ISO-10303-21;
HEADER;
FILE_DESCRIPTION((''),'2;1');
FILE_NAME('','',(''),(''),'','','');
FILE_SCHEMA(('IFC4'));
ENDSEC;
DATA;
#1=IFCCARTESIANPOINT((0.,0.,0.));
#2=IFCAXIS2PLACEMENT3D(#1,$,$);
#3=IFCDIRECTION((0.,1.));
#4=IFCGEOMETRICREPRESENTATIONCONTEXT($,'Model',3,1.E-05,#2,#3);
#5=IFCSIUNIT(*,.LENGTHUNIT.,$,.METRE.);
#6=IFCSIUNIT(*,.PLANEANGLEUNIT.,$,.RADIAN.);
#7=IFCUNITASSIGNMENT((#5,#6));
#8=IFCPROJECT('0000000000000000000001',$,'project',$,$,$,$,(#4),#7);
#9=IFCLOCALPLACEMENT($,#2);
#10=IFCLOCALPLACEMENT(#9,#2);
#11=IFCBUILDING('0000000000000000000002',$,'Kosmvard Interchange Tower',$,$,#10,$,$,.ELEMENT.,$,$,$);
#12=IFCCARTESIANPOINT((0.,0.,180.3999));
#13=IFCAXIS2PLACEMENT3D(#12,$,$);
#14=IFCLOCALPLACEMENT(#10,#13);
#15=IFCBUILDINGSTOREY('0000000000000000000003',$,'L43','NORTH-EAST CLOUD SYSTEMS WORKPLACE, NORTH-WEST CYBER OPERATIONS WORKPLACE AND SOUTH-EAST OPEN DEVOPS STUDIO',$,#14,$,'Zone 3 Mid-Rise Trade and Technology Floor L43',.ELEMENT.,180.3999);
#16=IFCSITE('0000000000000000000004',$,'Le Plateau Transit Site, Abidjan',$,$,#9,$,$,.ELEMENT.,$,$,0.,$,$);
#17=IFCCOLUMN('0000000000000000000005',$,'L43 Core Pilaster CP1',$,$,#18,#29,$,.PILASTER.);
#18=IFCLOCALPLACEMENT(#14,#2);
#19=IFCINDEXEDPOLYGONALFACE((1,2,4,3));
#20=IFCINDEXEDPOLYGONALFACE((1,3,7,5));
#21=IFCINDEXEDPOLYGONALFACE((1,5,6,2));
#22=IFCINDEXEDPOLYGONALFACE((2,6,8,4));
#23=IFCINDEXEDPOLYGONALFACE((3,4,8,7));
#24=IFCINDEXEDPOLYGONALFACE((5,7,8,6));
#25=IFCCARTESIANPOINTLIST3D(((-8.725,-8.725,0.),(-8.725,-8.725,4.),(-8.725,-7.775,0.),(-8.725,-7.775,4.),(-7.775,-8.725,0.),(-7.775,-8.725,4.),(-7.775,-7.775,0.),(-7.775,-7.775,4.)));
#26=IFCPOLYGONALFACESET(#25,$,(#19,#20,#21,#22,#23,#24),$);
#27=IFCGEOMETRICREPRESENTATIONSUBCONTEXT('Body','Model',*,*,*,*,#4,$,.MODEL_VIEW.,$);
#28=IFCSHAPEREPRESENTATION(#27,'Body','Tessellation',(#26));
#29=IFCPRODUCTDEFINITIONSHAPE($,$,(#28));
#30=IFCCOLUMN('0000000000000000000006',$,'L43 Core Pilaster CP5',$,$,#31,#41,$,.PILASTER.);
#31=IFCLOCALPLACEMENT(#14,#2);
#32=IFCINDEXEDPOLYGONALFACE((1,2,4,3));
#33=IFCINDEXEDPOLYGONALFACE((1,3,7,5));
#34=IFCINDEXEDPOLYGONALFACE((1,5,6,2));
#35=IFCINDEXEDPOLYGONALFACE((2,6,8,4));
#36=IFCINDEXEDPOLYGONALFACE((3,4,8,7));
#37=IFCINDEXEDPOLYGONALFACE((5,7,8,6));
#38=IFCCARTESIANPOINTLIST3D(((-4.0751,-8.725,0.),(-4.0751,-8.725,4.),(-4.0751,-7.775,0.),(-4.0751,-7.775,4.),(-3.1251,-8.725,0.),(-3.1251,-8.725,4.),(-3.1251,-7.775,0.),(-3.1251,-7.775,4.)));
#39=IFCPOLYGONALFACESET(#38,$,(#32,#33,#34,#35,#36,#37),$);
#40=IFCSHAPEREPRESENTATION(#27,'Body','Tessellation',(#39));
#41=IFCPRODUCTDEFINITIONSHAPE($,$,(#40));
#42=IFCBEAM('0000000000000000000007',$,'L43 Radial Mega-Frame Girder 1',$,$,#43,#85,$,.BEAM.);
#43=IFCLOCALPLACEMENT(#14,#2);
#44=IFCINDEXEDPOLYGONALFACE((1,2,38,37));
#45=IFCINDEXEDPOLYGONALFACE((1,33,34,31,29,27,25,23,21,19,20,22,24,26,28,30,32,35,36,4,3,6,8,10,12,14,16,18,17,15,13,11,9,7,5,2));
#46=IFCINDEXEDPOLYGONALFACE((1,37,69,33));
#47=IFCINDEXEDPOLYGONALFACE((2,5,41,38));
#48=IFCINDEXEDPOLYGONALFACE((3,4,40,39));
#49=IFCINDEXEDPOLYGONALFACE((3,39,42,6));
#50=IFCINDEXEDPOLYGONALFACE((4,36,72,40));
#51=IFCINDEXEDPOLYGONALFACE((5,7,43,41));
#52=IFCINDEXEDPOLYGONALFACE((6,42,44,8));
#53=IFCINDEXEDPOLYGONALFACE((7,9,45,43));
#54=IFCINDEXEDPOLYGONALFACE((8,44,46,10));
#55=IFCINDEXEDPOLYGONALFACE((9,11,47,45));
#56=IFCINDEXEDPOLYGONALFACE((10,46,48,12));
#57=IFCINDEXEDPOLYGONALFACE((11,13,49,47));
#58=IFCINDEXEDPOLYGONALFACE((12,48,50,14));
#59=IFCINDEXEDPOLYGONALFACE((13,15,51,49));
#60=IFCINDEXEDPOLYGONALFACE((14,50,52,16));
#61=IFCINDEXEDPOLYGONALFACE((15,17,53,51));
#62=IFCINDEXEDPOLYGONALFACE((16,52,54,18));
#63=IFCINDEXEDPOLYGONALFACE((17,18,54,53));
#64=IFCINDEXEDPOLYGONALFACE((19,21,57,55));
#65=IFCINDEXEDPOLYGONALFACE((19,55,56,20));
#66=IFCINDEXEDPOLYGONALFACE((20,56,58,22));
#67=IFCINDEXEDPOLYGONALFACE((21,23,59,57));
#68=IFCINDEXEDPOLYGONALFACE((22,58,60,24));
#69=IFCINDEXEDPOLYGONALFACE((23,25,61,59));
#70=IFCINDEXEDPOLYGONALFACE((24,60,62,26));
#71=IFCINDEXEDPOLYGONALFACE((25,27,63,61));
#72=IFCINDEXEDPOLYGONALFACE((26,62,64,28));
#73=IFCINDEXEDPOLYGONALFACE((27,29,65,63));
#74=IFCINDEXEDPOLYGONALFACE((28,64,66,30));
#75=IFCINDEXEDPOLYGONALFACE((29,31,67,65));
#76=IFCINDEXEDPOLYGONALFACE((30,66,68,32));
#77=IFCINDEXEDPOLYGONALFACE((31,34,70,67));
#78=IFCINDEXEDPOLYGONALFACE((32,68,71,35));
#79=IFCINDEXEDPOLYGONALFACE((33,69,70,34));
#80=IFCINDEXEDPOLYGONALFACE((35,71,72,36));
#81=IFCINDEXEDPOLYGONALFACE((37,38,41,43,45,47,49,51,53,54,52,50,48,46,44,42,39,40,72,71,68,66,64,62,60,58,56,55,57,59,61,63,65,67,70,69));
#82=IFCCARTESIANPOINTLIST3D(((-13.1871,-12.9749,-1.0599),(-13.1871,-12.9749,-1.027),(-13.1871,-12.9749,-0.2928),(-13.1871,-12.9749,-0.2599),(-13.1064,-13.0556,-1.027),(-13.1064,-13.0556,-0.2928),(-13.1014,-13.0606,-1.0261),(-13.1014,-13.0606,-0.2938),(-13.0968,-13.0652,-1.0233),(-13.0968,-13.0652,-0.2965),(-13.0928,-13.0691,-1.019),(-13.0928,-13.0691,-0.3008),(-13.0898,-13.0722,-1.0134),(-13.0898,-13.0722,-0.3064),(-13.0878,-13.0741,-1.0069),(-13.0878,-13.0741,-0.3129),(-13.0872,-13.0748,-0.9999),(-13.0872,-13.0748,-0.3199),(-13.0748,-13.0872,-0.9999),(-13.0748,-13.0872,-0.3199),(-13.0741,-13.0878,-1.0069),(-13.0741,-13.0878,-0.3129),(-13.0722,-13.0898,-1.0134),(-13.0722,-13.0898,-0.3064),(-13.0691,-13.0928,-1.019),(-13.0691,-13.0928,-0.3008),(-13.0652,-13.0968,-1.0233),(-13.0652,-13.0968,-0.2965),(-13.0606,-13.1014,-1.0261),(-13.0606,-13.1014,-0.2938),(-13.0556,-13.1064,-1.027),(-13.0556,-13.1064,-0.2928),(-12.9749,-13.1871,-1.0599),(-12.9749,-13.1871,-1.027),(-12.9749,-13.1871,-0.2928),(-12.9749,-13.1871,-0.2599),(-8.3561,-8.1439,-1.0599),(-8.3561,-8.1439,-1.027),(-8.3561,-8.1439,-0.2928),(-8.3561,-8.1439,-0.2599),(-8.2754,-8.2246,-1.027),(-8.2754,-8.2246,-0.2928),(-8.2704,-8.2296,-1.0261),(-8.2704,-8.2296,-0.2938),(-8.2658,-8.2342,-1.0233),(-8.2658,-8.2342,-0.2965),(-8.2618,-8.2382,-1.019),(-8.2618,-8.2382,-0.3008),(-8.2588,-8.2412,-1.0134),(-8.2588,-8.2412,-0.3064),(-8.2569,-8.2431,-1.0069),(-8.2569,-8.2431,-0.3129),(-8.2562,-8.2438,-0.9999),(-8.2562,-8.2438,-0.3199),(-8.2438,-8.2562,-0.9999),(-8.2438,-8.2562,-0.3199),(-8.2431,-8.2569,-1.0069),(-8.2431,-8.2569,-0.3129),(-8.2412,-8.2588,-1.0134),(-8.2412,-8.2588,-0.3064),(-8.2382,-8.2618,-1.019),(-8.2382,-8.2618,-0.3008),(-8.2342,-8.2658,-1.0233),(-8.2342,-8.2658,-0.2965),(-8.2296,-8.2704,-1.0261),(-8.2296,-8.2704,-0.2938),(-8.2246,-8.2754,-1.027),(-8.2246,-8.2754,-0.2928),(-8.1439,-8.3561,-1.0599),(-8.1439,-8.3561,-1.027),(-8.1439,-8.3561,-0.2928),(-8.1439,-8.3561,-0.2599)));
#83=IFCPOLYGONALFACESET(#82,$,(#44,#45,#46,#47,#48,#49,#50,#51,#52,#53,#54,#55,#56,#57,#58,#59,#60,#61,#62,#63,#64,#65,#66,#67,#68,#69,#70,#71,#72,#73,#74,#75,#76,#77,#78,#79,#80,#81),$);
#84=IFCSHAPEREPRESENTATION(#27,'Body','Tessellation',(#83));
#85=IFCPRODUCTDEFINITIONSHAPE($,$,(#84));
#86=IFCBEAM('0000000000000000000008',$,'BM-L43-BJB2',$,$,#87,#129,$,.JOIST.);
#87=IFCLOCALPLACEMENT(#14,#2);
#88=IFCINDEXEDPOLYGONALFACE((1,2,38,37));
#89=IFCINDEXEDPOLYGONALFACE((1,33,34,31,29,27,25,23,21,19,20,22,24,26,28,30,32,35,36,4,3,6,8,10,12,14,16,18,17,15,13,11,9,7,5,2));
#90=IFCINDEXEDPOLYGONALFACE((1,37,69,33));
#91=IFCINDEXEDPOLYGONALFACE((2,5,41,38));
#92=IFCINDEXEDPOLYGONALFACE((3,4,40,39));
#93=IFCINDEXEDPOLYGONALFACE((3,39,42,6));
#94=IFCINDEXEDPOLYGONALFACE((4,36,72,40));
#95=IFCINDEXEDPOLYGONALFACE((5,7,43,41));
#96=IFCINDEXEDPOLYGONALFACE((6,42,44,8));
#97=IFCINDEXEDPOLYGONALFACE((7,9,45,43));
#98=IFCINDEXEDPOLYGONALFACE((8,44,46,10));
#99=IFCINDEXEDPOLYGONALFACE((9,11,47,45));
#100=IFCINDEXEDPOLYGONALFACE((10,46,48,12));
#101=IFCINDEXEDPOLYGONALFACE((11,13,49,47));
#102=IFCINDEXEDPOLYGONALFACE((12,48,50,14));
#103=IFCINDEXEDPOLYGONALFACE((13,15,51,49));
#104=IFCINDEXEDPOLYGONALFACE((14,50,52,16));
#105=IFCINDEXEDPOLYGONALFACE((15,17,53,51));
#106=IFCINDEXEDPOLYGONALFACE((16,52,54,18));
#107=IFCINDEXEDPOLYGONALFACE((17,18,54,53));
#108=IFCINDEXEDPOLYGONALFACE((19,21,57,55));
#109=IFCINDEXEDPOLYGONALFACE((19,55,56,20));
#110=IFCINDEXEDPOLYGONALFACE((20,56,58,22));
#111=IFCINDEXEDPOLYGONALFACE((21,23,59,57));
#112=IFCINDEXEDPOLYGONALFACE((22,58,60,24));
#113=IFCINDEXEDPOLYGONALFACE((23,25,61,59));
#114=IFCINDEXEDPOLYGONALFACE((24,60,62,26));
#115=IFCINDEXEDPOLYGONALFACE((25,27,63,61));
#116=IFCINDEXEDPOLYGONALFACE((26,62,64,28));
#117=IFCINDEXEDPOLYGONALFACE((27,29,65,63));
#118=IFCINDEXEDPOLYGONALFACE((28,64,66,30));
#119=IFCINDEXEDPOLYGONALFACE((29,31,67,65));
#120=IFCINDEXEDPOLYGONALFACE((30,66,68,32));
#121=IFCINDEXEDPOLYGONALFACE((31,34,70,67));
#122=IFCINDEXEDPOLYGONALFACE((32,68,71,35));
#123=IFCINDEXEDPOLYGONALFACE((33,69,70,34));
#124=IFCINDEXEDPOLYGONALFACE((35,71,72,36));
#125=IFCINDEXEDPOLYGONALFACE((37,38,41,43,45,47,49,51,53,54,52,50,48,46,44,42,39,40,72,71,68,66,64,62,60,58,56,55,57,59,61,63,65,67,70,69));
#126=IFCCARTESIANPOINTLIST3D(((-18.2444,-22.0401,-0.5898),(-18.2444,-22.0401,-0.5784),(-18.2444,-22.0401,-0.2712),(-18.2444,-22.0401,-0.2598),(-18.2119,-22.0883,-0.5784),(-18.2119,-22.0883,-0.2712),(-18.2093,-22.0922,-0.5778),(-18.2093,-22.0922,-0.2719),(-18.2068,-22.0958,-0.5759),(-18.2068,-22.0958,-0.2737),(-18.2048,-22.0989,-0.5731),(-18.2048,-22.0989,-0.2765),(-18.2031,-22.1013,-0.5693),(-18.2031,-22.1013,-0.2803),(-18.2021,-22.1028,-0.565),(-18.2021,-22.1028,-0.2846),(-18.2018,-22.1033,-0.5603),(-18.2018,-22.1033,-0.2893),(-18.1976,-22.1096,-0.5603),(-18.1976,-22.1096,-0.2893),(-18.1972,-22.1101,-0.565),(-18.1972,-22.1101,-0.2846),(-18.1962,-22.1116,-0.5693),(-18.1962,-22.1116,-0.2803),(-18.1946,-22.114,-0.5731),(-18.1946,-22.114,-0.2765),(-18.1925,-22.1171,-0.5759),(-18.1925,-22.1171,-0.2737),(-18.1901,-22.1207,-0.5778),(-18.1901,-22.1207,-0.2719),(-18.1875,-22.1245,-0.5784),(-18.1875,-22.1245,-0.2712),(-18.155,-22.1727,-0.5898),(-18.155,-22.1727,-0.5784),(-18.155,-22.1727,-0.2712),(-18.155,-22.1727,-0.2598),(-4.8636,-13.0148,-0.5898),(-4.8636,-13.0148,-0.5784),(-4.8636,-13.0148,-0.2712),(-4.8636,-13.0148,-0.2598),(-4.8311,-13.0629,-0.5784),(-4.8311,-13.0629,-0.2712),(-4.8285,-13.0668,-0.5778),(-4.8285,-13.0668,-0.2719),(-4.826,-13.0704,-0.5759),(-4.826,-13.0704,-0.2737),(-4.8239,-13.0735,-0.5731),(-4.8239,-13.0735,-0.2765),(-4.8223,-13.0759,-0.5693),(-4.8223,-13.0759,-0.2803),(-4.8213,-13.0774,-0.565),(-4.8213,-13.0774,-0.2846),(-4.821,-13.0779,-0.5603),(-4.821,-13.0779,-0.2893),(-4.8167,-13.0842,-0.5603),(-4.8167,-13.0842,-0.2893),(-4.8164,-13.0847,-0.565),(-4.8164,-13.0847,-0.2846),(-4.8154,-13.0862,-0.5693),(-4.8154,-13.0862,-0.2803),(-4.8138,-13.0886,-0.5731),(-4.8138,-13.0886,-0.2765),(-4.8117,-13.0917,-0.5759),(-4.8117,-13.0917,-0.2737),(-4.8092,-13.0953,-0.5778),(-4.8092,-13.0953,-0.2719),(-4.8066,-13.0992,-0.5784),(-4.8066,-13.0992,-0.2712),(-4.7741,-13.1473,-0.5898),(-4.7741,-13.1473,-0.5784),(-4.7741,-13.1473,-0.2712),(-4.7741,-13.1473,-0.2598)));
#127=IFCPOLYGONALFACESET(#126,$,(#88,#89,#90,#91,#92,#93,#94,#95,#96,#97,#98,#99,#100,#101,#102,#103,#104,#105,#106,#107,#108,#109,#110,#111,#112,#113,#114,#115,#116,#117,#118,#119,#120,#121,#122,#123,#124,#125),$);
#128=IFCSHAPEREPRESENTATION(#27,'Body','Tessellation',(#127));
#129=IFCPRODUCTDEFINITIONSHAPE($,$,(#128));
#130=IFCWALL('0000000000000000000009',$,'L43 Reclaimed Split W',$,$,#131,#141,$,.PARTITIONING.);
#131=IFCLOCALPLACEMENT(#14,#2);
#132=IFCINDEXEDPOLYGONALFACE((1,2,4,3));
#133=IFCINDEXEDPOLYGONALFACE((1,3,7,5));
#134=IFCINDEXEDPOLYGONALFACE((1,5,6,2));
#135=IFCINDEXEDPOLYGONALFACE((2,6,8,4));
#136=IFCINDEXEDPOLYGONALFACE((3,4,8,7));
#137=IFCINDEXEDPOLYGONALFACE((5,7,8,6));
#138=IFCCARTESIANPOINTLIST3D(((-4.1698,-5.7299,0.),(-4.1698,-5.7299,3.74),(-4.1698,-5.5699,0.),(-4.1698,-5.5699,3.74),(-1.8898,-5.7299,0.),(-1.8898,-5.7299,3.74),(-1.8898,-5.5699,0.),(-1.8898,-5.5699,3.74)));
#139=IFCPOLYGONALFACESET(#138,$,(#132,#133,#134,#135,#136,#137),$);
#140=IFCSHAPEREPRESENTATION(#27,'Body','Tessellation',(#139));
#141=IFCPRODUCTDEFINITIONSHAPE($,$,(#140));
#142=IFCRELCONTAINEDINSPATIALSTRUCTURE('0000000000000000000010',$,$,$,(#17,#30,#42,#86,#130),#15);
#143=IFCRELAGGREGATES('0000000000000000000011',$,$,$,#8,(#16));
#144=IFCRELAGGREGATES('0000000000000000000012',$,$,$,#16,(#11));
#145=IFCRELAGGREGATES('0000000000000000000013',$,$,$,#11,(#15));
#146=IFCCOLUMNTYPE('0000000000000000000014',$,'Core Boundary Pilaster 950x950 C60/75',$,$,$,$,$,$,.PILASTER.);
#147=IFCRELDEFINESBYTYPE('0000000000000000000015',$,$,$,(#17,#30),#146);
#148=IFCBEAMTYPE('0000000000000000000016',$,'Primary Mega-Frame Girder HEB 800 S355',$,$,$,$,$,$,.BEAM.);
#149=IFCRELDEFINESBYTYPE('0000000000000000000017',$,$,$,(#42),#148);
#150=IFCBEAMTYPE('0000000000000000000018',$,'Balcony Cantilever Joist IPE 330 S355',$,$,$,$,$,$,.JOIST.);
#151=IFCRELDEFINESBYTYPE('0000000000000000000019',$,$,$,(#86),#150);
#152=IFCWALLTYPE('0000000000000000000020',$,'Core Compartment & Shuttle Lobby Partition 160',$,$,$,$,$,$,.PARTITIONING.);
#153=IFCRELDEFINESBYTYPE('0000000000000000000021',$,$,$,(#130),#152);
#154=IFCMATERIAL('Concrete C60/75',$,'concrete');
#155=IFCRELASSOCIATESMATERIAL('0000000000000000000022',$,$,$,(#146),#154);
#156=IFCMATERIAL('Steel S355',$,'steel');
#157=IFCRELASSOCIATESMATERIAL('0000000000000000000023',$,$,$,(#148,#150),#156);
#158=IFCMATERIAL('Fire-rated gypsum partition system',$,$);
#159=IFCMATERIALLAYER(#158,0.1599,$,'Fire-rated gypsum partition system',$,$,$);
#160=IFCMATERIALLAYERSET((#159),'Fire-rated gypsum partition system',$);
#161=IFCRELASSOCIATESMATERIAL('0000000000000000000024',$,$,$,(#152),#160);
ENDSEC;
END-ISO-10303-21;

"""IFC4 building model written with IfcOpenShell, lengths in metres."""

from ifc_helpers import new_model, si_unit, direction, frame, frame_2d, origin, origin_2d, place, context, subcontext, project, spatial, rectangle, i_section, extrude, source, transform, mapped, material, layer, layer_set, material_profile, profile_set, type_object, element, save


model = new_model("IFC4")

# Units and contexts
model_context = context("Model", 3, precision=1e-05, world=origin(), true_north=direction((0.0, 1.0)))
body_context = subcontext(model_context, "Body", "Model", "MODEL_VIEW")
ifc_project = project(units=[si_unit("LENGTHUNIT", "METRE"), si_unit("PLANEANGLEUNIT", "RADIAN")], contexts=[model_context])

# Site, building, storey
site_placement = place(None, origin())
site = spatial("IfcSite", under=ifc_project, at=site_placement, Name="Le Plateau Transit Site, Abidjan", CompositionType="ELEMENT", RefElevation=0.0)
building_placement = place(site_placement, origin())
building = spatial("IfcBuilding", under=site, at=building_placement, Name="Kosmvard Interchange Tower", CompositionType="ELEMENT")
storey_placement = place(building_placement, frame((0.0, 0.0, 180.3999)))
storey = spatial("IfcBuildingStorey", under=building, at=storey_placement, Name="L43", Description="NORTH-EAST CLOUD SYSTEMS WORKPLACE, NORTH-WEST CYBER OPERATIONS WORKPLACE AND SOUTH-EAST OPEN DEVOPS STUDIO", LongName="Zone 3 Mid-Rise Trade and Technology Floor L43", CompositionType="ELEMENT", Elevation=180.3999)

# Columns
ifc_material_1 = material(Name="Concrete C60/75", Category="concrete")
ifc_material_profile_1 = material_profile(ifc_material_1, rectangle(XDim=0.95, YDim=0.95, at=origin_2d()), Name="CP 950x950")
ifc_profile_set_1 = profile_set([ifc_material_profile_1], Name="Concrete C60/75")
column_type = type_object("IfcColumnType", Name="Core Boundary Pilaster 950x950 C60/75", PredefinedType="PILASTER", material=ifc_profile_set_1)
shared_shape_1 = source(origin(), body_context, "Body", "SweptSolid", [
    extrude(rectangle(XDim=0.95, YDim=0.95, at=origin_2d()), origin(), (0.0, 0.0, 1.0), 4.0),
])
for number, where, z_axis, x_axis, name in (
    (1, (-8.25, -8.25, 0.0), (0.0, 0.0, 1.0), (1.0, 0.0, 0.0), "L43 Core Pilaster CP1"),
    (2, (-3.6001, -8.25, 0.0), (0.0, 0.0, 1.0), (1.0, 0.0, 0.0), "L43 Core Pilaster CP5"),
):
    element("IfcColumn", number, at=place(storey_placement, frame(where, z_axis=z_axis, x_axis=x_axis)), inside=storey, type_object=column_type, Name=name, PredefinedType="PILASTER", context=body_context, shape_type="MappedRepresentation", body=[
        mapped(shared_shape_1, transform((0.0, 0.0, 0.0), scale=1.0)),
    ])

# Beams
ifc_material_2 = material(Name="Steel S355", Category="steel")
ifc_material_profile_2 = material_profile(ifc_material_2, i_section(OverallWidth=0.3, OverallDepth=0.8, WebThickness=0.0176, FlangeThickness=0.033, FilletRadius=0.0271, at=origin_2d()), Name="HEB 800")
ifc_profile_set_2 = profile_set([ifc_material_profile_2], Name="Steel S355")
beam_type_1 = type_object("IfcBeamType", Name="Primary Mega-Frame Girder HEB 800 S355", PredefinedType="BEAM", material=ifc_profile_set_2)
shared_shape_2 = source(origin(), body_context, "Body", "SweptSolid", [
    extrude(i_section(OverallWidth=0.3, OverallDepth=0.8, WebThickness=0.0176, FlangeThickness=0.033, FilletRadius=0.0271, at=origin_2d()), origin(), (0.0, 0.0, 1.0), 6.832),
])
beam_1_placement = place(storey_placement, frame((-8.25, -8.25, -0.6599), z_axis=(-0.707107, -0.707107, 0.0), x_axis=(0.707107, -0.707107, 0.0)))
element("IfcBeam", 3, at=beam_1_placement, inside=storey, type_object=beam_type_1, Name="L43 Radial Mega-Frame Girder 1", PredefinedType="BEAM", context=body_context, shape_type="MappedRepresentation", body=[
    mapped(shared_shape_2, transform((0.0, 0.0, 0.0), scale=1.0)),
])
ifc_material_profile_3 = material_profile(ifc_material_2, i_section(OverallWidth=0.1599, OverallDepth=0.3301, WebThickness=0.0076, FlangeThickness=0.0115, FilletRadius=0.0181, at=origin_2d()), Name="IPE 330")
ifc_profile_set_3 = profile_set([ifc_material_profile_3], Name="Steel S355")
beam_type_2 = type_object("IfcBeamType", Name="Balcony Cantilever Joist IPE 330 S355", PredefinedType="JOIST", material=ifc_profile_set_3)
shared_shape_3 = source(origin(), body_context, "Body", "SweptSolid", [
    extrude(i_section(OverallWidth=0.1599, OverallDepth=0.3301, WebThickness=0.0076, FlangeThickness=0.0115, FilletRadius=0.0181, at=origin_2d()), origin(), (0.0, 0.0, 1.0), 16.1401),
])
beam_2_placement = place(storey_placement, frame((-4.8188, -13.0811, -0.4248), z_axis=(-0.829041, -0.559188, 0.0), x_axis=(0.559188, -0.829041, 0.0)))
element("IfcBeam", 4, at=beam_2_placement, inside=storey, type_object=beam_type_2, Name="BM-L43-BJB2", PredefinedType="JOIST", context=body_context, shape_type="MappedRepresentation", body=[
    mapped(shared_shape_3, transform((0.0, 0.0, 0.0), scale=1.0)),
])

# Wall
ifc_material_3 = material(Name="Fire-rated gypsum partition system")
ifc_layer_1 = layer(ifc_material_3, 0.1599, Name="Fire-rated gypsum partition system")
ifc_layer_set_1 = layer_set([ifc_layer_1], Name="Fire-rated gypsum partition system")
wall_type_1 = type_object("IfcWallType", Name="Core Compartment & Shuttle Lobby Partition 160", PredefinedType="PARTITIONING", material=ifc_layer_set_1)
wall_1_placement = place(storey_placement, frame((-4.1699, -5.6499, 0.0), z_axis=(0.0, 0.0, 1.0), x_axis=(1.0, 0.0, 0.0)))
element("IfcWall", 5, at=wall_1_placement, inside=storey, type_object=wall_type_1, Name="L43 Reclaimed Split W", PredefinedType="PARTITIONING", context=body_context, shape_type="SweptSolid", body=[
    extrude(rectangle(XDim=2.28, YDim=0.1599, at=frame_2d((1.1401, 0.0))), origin(), (0.0, 0.0, 1.0), 3.74),
])

save(model, "model.ifc")
